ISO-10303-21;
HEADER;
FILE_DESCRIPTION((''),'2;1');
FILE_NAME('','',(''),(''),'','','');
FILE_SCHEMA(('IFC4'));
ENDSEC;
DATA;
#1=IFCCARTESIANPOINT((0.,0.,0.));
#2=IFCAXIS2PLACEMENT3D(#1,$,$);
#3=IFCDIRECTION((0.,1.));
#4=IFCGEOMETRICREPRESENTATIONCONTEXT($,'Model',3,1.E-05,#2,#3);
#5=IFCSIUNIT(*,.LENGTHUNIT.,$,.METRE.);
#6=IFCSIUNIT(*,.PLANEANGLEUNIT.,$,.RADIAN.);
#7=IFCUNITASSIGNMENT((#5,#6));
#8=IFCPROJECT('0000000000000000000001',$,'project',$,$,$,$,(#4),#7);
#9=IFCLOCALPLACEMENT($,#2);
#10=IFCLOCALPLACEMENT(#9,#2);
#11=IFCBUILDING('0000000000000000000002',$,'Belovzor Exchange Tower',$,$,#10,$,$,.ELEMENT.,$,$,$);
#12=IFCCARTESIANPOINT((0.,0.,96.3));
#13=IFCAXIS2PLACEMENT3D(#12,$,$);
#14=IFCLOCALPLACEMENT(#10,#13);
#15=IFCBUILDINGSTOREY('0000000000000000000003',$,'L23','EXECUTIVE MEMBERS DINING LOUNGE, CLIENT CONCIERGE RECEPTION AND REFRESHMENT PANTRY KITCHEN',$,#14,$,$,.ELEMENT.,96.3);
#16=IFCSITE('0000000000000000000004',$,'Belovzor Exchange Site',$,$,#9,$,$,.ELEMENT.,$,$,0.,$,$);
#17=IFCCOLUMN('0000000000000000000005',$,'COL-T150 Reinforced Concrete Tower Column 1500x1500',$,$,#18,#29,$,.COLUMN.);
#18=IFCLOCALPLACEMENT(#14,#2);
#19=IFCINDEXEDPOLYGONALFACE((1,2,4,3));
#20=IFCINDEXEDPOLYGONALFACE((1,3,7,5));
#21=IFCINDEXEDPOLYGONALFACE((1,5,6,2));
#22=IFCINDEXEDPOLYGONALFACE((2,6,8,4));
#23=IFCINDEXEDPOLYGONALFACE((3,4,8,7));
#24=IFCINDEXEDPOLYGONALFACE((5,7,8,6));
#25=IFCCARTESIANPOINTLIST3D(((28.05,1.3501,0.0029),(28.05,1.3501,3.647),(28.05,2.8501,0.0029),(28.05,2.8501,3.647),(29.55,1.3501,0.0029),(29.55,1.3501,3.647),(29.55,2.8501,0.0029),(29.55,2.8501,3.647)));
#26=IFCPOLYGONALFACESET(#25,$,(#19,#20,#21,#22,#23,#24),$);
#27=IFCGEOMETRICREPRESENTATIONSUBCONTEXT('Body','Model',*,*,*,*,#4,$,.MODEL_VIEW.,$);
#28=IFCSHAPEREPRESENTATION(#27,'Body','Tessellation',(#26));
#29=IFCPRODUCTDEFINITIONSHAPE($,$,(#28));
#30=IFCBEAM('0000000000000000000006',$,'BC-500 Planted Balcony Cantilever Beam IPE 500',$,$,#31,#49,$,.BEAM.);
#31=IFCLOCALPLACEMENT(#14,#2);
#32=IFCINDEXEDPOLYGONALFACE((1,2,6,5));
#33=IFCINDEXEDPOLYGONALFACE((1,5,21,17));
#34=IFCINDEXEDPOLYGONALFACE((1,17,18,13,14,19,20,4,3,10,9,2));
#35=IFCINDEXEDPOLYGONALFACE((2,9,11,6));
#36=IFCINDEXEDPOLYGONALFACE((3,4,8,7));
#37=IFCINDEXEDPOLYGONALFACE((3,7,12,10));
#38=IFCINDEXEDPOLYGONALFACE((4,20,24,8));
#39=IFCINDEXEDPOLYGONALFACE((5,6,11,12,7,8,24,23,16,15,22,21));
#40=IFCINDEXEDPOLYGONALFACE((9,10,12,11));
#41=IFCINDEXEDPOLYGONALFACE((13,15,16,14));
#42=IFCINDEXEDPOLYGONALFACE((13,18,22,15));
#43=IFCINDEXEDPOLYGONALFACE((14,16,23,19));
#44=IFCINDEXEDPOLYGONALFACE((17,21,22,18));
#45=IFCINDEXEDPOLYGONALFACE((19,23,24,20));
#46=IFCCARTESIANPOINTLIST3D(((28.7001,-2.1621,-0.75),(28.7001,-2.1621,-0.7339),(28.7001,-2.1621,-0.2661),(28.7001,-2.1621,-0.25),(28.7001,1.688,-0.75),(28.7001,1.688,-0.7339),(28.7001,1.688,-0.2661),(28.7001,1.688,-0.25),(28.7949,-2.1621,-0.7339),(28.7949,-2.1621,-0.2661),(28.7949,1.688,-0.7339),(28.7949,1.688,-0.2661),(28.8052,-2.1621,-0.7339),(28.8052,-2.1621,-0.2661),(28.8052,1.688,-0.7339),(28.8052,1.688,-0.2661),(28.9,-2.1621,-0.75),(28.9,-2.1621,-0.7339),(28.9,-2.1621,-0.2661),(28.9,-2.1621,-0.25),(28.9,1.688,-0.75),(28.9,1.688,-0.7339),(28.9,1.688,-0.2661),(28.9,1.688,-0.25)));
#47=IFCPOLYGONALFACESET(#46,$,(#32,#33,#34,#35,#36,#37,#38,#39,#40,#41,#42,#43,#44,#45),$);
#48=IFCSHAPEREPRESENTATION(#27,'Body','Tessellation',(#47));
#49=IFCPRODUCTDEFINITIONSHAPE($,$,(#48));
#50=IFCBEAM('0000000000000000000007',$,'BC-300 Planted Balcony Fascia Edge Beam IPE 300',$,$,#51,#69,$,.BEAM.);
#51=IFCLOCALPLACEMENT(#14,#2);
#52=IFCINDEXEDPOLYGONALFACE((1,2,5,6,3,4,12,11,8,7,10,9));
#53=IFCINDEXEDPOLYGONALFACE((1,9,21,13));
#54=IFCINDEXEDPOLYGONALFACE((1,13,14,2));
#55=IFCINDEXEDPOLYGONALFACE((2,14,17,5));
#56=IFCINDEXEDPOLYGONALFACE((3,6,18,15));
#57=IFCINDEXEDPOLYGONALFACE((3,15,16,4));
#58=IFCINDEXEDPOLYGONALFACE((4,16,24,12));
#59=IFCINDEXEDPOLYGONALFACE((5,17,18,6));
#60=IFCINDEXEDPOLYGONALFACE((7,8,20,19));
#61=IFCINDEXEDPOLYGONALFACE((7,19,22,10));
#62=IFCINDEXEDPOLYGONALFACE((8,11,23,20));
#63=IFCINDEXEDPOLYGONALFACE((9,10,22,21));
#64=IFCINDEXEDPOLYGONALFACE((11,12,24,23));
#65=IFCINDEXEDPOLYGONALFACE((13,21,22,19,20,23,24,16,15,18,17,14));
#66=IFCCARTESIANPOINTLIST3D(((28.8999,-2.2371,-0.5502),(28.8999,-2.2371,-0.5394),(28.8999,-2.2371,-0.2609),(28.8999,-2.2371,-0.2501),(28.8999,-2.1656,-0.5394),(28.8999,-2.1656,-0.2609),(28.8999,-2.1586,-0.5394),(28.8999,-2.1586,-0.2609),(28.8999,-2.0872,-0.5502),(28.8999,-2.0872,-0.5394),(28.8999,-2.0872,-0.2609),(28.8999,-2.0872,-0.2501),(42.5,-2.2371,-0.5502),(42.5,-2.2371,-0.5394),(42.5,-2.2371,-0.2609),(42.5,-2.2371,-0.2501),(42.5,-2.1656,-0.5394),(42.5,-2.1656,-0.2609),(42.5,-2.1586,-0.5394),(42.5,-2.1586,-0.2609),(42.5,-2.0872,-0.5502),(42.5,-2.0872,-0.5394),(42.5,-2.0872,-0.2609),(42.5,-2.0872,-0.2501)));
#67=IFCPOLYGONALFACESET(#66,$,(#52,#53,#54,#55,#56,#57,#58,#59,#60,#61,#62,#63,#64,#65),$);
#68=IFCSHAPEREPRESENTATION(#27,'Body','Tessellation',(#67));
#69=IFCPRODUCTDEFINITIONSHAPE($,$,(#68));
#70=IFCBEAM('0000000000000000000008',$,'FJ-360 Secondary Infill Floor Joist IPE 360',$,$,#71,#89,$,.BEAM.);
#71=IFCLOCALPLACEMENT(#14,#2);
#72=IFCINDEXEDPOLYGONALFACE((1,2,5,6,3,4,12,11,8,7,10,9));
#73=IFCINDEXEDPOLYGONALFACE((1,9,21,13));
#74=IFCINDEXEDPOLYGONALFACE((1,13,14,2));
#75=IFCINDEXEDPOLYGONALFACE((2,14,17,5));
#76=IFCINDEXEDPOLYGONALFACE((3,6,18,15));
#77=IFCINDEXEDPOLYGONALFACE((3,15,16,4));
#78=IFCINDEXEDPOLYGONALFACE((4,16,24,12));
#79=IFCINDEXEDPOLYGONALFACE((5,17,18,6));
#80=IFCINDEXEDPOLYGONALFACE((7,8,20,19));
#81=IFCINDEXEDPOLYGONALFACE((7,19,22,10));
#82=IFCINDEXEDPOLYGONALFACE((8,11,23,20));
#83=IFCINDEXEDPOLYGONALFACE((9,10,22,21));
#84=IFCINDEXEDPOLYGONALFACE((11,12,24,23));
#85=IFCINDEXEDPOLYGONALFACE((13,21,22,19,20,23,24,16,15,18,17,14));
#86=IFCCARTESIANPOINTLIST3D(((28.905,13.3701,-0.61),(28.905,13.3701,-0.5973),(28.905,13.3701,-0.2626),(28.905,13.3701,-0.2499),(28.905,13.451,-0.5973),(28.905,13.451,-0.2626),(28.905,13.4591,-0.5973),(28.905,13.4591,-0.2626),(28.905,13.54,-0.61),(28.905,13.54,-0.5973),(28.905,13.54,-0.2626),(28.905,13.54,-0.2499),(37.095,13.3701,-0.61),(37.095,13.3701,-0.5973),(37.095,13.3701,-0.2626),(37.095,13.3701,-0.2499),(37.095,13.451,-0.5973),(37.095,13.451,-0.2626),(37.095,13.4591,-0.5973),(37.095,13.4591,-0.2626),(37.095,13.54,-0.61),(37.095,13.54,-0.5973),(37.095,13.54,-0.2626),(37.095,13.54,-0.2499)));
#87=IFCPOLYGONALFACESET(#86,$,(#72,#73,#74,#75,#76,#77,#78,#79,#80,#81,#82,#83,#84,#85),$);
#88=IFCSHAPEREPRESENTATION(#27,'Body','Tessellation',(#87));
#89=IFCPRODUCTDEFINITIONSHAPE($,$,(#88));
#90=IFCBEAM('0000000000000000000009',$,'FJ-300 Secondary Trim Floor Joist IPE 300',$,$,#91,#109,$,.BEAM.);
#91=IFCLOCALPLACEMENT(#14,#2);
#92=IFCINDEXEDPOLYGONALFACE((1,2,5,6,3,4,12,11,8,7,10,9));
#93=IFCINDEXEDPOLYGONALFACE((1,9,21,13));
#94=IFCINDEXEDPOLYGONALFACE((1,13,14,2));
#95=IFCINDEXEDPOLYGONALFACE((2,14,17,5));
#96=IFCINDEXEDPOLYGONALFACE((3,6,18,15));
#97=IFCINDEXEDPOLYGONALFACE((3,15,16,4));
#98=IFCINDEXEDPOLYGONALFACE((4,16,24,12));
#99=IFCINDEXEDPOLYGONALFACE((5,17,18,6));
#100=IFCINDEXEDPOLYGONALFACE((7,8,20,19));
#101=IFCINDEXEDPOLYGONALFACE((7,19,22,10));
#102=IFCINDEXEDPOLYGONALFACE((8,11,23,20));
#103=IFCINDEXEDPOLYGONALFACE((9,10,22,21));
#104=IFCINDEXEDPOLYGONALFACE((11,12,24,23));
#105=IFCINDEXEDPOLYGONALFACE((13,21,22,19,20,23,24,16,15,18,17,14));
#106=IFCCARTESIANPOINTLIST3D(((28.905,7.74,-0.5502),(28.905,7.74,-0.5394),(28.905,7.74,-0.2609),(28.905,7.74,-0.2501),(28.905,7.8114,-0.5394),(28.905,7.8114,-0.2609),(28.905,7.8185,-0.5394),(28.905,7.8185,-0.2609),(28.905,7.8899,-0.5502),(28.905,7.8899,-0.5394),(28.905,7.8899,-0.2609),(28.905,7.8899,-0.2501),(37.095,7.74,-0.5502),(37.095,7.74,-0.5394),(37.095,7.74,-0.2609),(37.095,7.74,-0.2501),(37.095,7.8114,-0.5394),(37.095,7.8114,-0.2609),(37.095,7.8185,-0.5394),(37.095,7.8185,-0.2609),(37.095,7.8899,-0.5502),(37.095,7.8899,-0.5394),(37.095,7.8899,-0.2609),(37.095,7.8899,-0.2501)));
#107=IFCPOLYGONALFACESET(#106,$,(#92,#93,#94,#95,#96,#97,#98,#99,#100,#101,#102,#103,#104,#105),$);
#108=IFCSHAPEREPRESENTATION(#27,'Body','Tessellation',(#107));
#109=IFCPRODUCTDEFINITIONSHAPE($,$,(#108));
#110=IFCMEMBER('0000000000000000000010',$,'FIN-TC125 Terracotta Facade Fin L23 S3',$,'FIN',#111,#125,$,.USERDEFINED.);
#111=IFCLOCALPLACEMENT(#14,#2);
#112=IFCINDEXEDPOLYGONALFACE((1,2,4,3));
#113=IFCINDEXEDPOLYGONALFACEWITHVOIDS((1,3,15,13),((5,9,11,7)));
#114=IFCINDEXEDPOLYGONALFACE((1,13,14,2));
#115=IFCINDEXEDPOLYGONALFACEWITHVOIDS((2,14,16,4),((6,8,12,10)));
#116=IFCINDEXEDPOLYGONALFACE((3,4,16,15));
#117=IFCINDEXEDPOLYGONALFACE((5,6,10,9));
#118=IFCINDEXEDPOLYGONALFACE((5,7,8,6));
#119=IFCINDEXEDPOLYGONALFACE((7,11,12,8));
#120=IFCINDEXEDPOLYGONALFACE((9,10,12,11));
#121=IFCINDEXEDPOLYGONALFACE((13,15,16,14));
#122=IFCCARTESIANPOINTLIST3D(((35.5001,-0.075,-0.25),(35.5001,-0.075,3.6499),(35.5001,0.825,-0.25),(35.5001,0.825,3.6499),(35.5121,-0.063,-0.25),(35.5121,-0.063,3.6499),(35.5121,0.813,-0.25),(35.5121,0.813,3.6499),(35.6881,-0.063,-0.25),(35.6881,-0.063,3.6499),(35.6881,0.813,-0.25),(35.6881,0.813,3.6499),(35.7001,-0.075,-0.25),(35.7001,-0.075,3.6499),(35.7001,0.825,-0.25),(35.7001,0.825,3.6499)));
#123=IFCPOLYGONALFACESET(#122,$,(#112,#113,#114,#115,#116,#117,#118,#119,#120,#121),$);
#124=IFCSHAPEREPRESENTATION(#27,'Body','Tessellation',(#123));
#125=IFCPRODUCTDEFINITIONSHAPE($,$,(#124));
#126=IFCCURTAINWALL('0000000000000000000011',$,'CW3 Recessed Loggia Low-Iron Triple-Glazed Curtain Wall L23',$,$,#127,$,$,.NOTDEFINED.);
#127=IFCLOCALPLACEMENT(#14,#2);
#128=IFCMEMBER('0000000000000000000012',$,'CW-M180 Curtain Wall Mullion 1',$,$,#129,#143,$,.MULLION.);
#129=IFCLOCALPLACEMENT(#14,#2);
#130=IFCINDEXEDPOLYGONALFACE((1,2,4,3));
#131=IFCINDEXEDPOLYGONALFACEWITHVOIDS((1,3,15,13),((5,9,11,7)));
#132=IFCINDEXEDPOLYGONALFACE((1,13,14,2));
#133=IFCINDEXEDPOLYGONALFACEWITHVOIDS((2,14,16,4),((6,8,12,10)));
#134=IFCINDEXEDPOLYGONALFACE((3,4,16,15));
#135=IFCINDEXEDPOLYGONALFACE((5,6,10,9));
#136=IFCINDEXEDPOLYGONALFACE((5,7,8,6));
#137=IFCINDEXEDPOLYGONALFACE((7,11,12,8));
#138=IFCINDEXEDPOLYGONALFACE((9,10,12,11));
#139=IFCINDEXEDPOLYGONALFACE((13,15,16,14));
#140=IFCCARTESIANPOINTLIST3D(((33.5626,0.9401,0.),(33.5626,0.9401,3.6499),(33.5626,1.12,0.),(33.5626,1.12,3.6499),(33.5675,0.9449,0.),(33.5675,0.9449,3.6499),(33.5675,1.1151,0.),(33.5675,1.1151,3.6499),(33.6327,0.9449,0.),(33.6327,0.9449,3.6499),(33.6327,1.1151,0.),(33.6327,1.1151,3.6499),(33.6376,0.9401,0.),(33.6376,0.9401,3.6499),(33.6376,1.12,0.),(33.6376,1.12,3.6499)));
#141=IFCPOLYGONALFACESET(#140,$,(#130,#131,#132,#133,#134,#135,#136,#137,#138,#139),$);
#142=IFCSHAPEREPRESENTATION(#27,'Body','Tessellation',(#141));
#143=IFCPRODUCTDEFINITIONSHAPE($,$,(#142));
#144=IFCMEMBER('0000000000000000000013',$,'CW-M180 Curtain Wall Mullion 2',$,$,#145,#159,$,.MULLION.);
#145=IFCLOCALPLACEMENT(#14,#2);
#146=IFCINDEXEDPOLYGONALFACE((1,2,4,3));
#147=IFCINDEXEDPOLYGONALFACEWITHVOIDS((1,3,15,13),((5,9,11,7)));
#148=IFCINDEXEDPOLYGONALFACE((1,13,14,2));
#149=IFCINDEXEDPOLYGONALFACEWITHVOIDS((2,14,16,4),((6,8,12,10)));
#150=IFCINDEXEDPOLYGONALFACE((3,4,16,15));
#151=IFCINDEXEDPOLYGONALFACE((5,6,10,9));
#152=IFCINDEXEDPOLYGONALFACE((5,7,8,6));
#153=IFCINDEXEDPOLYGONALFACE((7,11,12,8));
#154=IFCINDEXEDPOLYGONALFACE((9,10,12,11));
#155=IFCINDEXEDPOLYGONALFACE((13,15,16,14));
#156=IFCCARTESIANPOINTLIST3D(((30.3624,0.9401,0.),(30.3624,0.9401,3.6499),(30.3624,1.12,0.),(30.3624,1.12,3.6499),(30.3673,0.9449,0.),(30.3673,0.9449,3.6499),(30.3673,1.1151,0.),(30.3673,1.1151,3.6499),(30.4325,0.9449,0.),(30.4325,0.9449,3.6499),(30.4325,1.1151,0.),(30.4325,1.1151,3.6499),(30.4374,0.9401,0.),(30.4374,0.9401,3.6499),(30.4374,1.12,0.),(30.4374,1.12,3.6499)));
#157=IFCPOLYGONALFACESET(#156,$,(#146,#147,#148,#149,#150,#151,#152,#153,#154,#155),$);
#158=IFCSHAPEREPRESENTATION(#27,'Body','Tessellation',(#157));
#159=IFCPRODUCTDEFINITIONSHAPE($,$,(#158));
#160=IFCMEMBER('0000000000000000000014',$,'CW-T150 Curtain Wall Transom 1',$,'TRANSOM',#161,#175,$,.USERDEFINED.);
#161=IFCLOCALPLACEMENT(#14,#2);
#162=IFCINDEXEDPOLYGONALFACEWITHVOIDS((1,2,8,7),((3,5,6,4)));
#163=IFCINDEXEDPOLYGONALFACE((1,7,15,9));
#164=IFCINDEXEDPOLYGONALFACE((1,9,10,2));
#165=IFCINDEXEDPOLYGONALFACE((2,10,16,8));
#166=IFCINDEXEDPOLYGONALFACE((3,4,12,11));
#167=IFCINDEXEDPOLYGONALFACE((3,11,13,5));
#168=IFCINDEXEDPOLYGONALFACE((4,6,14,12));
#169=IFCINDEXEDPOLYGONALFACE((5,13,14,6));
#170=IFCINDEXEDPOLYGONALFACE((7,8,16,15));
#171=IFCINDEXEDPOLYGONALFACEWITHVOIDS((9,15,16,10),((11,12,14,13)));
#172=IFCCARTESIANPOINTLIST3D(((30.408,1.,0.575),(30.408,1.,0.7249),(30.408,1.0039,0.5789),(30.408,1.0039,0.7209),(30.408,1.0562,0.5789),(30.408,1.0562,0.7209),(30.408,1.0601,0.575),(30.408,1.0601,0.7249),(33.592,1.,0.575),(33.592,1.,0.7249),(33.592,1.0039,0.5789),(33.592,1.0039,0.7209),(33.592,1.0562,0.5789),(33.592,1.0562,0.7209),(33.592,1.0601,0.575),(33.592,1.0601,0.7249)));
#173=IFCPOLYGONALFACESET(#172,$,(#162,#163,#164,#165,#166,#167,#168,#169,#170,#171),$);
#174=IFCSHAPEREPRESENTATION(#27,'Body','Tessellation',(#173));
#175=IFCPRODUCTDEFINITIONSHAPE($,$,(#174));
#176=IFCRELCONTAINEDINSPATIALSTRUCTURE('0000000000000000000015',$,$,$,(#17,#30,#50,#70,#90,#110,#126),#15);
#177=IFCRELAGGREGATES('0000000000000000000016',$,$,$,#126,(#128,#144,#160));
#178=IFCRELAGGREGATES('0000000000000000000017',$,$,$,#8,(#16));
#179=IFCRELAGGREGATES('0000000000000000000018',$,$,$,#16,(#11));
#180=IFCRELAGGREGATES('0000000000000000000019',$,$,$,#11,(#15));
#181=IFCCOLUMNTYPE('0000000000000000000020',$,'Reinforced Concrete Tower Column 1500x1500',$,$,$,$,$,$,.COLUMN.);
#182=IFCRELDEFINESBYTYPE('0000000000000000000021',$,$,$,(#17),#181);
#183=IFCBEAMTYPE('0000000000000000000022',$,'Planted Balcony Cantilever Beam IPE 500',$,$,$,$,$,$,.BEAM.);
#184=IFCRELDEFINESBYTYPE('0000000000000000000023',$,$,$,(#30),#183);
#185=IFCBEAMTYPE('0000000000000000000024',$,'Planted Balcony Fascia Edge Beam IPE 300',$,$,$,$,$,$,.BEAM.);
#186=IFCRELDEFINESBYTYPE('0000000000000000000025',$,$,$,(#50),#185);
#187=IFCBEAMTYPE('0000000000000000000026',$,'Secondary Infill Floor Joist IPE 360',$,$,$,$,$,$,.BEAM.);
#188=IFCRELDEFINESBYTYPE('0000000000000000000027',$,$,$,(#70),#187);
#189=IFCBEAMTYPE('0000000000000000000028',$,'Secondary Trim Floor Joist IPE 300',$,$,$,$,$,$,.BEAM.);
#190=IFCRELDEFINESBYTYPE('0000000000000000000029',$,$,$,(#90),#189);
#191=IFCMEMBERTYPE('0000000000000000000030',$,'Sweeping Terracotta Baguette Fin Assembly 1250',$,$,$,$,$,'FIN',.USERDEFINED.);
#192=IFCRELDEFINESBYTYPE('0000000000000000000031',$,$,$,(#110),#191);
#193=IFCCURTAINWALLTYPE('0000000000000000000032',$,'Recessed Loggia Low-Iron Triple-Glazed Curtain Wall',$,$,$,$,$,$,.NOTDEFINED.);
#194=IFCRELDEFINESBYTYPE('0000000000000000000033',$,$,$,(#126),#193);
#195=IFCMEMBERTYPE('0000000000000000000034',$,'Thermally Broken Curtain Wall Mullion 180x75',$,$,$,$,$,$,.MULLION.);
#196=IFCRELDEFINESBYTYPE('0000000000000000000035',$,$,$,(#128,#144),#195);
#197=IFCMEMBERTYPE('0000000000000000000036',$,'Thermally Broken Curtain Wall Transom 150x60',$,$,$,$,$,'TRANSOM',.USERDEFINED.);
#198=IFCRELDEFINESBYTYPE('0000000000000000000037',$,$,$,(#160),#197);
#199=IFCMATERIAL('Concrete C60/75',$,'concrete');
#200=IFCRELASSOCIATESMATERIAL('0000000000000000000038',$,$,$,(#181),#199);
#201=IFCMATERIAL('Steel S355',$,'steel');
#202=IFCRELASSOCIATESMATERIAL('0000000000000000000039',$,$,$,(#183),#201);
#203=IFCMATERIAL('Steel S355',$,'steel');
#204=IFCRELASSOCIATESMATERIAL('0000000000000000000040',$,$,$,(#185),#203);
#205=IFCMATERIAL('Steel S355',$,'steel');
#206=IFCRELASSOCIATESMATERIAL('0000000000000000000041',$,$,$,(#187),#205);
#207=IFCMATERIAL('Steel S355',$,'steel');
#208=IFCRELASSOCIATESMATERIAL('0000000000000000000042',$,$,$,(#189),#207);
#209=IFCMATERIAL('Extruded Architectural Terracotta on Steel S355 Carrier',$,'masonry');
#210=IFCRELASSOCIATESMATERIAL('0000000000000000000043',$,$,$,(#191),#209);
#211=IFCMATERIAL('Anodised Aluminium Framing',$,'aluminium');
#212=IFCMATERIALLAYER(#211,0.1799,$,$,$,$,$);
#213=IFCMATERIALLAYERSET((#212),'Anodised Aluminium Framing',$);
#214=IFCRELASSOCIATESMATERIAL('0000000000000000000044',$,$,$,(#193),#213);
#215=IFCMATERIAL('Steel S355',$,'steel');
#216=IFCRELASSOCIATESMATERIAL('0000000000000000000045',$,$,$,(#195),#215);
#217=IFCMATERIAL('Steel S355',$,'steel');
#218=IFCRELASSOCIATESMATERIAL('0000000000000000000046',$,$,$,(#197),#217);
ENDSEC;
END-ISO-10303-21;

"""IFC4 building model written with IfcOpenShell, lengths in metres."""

from ifc_helpers import new_model, si_unit, direction, frame, origin, origin_2d, place, context, subcontext, project, spatial, rectangle, hollow_rectangle, i_section, extrude, material, layer, layer_set, material_profile, profile_set, type_object, element, aggregate, save


model = new_model("IFC4")

# Units and contexts
model_context = context("Model", 3, precision=1e-05, world=origin(), true_north=direction((0.0, 1.0)))
body_context = subcontext(model_context, "Body", "Model", "MODEL_VIEW")
ifc_project = project(units=[si_unit("LENGTHUNIT", "METRE"), si_unit("PLANEANGLEUNIT", "RADIAN")], contexts=[model_context])

# Site, building, storey
site_placement = place(None, origin())
site = spatial("IfcSite", under=ifc_project, at=site_placement, Name="Belovzor Exchange Site", CompositionType="ELEMENT", RefElevation=0.0)
building_placement = place(site_placement, origin())
building = spatial("IfcBuilding", under=site, at=building_placement, Name="Belovzor Exchange Tower", CompositionType="ELEMENT")
storey_placement = place(building_placement, frame((0.0, 0.0, 96.3)))
storey = spatial("IfcBuildingStorey", under=building, at=storey_placement, Name="L23", Description="EXECUTIVE MEMBERS DINING LOUNGE, CLIENT CONCIERGE RECEPTION AND REFRESHMENT PANTRY KITCHEN", CompositionType="ELEMENT", Elevation=96.3)

# Column
ifc_material_1 = material(Name="Concrete C60/75", Category="concrete")
ifc_material_profile_1 = material_profile(ifc_material_1, rectangle(XDim=1.5, YDim=1.5, at=origin_2d()))
ifc_profile_set_1 = profile_set([ifc_material_profile_1], Name="Concrete C60/75")
column_type = type_object("IfcColumnType", Name="Reinforced Concrete Tower Column 1500x1500", PredefinedType="COLUMN", material=ifc_profile_set_1)
column_placement = place(storey_placement, frame((28.8, 2.1001, 0.0029), z_axis=(0.0, 0.0, 1.0), x_axis=(1.0, 0.0, 0.0)))
element("IfcColumn", 1, at=column_placement, inside=storey, type_object=column_type, Name="COL-T150 Reinforced Concrete Tower Column 1500x1500", PredefinedType="COLUMN", context=body_context, shape_type="SweptSolid", body=[
    extrude(rectangle(XDim=1.5, YDim=1.5, at=origin_2d()), origin(), (0.0, 0.0, 1.0), 3.644),
])

# Beams
ifc_material_2 = material(Name="Steel S355", Category="steel")
ifc_material_profile_2 = material_profile(ifc_material_2, i_section(OverallWidth=0.2, OverallDepth=0.5, WebThickness=0.0103, FlangeThickness=0.0161, at=origin_2d()))
ifc_profile_set_2 = profile_set([ifc_material_profile_2], Name="Steel S355")
beam_type_1 = type_object("IfcBeamType", Name="Planted Balcony Cantilever Beam IPE 500", PredefinedType="BEAM", material=ifc_profile_set_2)
beam_1_placement = place(storey_placement, frame((28.8, 1.688, -0.5), z_axis=(0.0, -1.0, 0.0), x_axis=(1.0, 0.0, 0.0)))
element("IfcBeam", 2, at=beam_1_placement, inside=storey, type_object=beam_type_1, Name="BC-500 Planted Balcony Cantilever Beam IPE 500", PredefinedType="BEAM", context=body_context, shape_type="SweptSolid", body=[
    extrude(i_section(OverallWidth=0.2, OverallDepth=0.5, WebThickness=0.0103, FlangeThickness=0.0161, at=origin_2d()), origin(), (0.0, 0.0, 1.0), 3.8501),
])
ifc_material_3 = material(Name="Steel S355", Category="steel")
ifc_material_profile_3 = material_profile(ifc_material_3, i_section(OverallWidth=0.1499, OverallDepth=0.3, WebThickness=0.0071, FlangeThickness=0.0107, at=origin_2d()))
ifc_profile_set_3 = profile_set([ifc_material_profile_3], Name="Steel S355")
beam_type_2 = type_object("IfcBeamType", Name="Planted Balcony Fascia Edge Beam IPE 300", PredefinedType="BEAM", material=ifc_profile_set_3)
beam_2_placement = place(storey_placement, frame((28.8999, -2.1621, -0.4001), z_axis=(1.0, 0.0, 0.0), x_axis=(0.0, 1.0, 0.0)))
element("IfcBeam", 3, at=beam_2_placement, inside=storey, type_object=beam_type_2, Name="BC-300 Planted Balcony Fascia Edge Beam IPE 300", PredefinedType="BEAM", context=body_context, shape_type="SweptSolid", body=[
    extrude(i_section(OverallWidth=0.1499, OverallDepth=0.3, WebThickness=0.0071, FlangeThickness=0.0107, at=origin_2d()), origin(), (0.0, 0.0, 1.0), 13.6001),
])
ifc_material_4 = material(Name="Steel S355", Category="steel")
ifc_material_profile_4 = material_profile(ifc_material_4, i_section(OverallWidth=0.1699, OverallDepth=0.3601, WebThickness=0.0081, FlangeThickness=0.0127, at=origin_2d()))
ifc_profile_set_4 = profile_set([ifc_material_profile_4], Name="Steel S355")
beam_type_3 = type_object("IfcBeamType", Name="Secondary Infill Floor Joist IPE 360", PredefinedType="BEAM", material=ifc_profile_set_4)
beam_3_placement = place(storey_placement, frame((28.905, 13.4551, -0.4299), z_axis=(1.0, 0.0, 0.0), x_axis=(0.0, 1.0, 0.0)))
element("IfcBeam", 4, at=beam_3_placement, inside=storey, type_object=beam_type_3, Name="FJ-360 Secondary Infill Floor Joist IPE 360", PredefinedType="BEAM", context=body_context, shape_type="SweptSolid", body=[
    extrude(i_section(OverallWidth=0.1699, OverallDepth=0.3601, WebThickness=0.0081, FlangeThickness=0.0127, at=origin_2d()), origin(), (0.0, 0.0, 1.0), 8.1899),
])
ifc_material_5 = material(Name="Steel S355", Category="steel")
ifc_material_profile_5 = material_profile(ifc_material_5, i_section(OverallWidth=0.1499, OverallDepth=0.3, WebThickness=0.0071, FlangeThickness=0.0107, at=origin_2d()))
ifc_profile_set_5 = profile_set([ifc_material_profile_5], Name="Steel S355")
beam_type_4 = type_object("IfcBeamType", Name="Secondary Trim Floor Joist IPE 300", PredefinedType="BEAM", material=ifc_profile_set_5)
beam_4_placement = place(storey_placement, frame((28.905, 7.8149, -0.4001), z_axis=(1.0, 0.0, 0.0), x_axis=(0.0, 1.0, 0.0)))
element("IfcBeam", 5, at=beam_4_placement, inside=storey, type_object=beam_type_4, Name="FJ-300 Secondary Trim Floor Joist IPE 300", PredefinedType="BEAM", context=body_context, shape_type="SweptSolid", body=[
    extrude(i_section(OverallWidth=0.1499, OverallDepth=0.3, WebThickness=0.0071, FlangeThickness=0.0107, at=origin_2d()), origin(), (0.0, 0.0, 1.0), 8.1899),
])

# Member
ifc_material_6 = material(Name="Extruded Architectural Terracotta on Steel S355 Carrier", Category="masonry")
ifc_material_profile_6 = material_profile(ifc_material_6, hollow_rectangle(XDim=0.2, YDim=0.8999, WallThickness=0.012, at=origin_2d()))
ifc_profile_set_6 = profile_set([ifc_material_profile_6], Name="Extruded Architectural Terracotta on Steel S355 Carrier")
member_type_1 = type_object("IfcMemberType", Name="Sweeping Terracotta Baguette Fin Assembly 1250", ElementType="FIN", PredefinedType="USERDEFINED", material=ifc_profile_set_6)
member_1_placement = place(storey_placement, frame((35.6001, 0.375, -0.25), z_axis=(0.0, 0.0, 1.0), x_axis=(1.0, 0.0, 0.0)))
element("IfcMember", 6, at=member_1_placement, inside=storey, type_object=member_type_1, Name="FIN-TC125 Terracotta Facade Fin L23 S3", ObjectType="FIN", PredefinedType="USERDEFINED", context=body_context, shape_type="SweptSolid", body=[
    extrude(hollow_rectangle(XDim=0.2, YDim=0.8999, WallThickness=0.012, at=origin_2d()), origin(), (0.0, 0.0, 1.0), 3.8999),
])

# Curtain wall, members
ifc_material_7 = material(Name="Anodised Aluminium Framing", Category="aluminium")
ifc_layer_1 = layer(ifc_material_7, 0.1799)
ifc_layer_set_1 = layer_set([ifc_layer_1], Name="Anodised Aluminium Framing")
curtain_wall_type = type_object("IfcCurtainWallType", Name="Recessed Loggia Low-Iron Triple-Glazed Curtain Wall", PredefinedType="NOTDEFINED", material=ifc_layer_set_1)
curtain_wall_placement = place(storey_placement, origin())
curtain_wall = element("IfcCurtainWall", 7, at=curtain_wall_placement, inside=storey, type_object=curtain_wall_type, Name="CW3 Recessed Loggia Low-Iron Triple-Glazed Curtain Wall L23", PredefinedType="NOTDEFINED")
ifc_material_8 = material(Name="Steel S355", Category="steel")
ifc_material_profile_7 = material_profile(ifc_material_8, hollow_rectangle(XDim=0.075, YDim=0.1799, WallThickness=0.0049, at=origin_2d()))
ifc_profile_set_7 = profile_set([ifc_material_profile_7], Name="Steel S355")
member_type_2 = type_object("IfcMemberType", Name="Thermally Broken Curtain Wall Mullion 180x75", PredefinedType="MULLION", material=ifc_profile_set_7)
member_2_placement = place(storey_placement, frame((33.6001, 1.03, 0.0), z_axis=(0.0, 0.0, 1.0), x_axis=(-1.0, 0.0, 0.0)))
member_2 = element("IfcMember", 8, at=member_2_placement, type_object=member_type_2, Name="CW-M180 Curtain Wall Mullion 1", PredefinedType="MULLION", context=body_context, shape_type="SweptSolid", body=[
    extrude(hollow_rectangle(XDim=0.075, YDim=0.1799, WallThickness=0.0049, at=origin_2d()), origin(), (0.0, 0.0, 1.0), 3.6499),
])
member_3_placement = place(storey_placement, frame((30.3999, 1.03, 0.0), z_axis=(0.0, 0.0, 1.0), x_axis=(-1.0, 0.0, 0.0)))
member_3 = element("IfcMember", 9, at=member_3_placement, type_object=member_type_2, Name="CW-M180 Curtain Wall Mullion 2", PredefinedType="MULLION", context=body_context, shape_type="SweptSolid", body=[
    extrude(hollow_rectangle(XDim=0.075, YDim=0.1799, WallThickness=0.0049, at=origin_2d()), origin(), (0.0, 0.0, 1.0), 3.6499),
])
ifc_material_9 = material(Name="Steel S355", Category="steel")
ifc_material_profile_8 = material_profile(ifc_material_9, hollow_rectangle(XDim=0.0601, YDim=0.1499, WallThickness=0.0039, at=origin_2d()))
ifc_profile_set_8 = profile_set([ifc_material_profile_8], Name="Steel S355")
member_type_3 = type_object("IfcMemberType", Name="Thermally Broken Curtain Wall Transom 150x60", ElementType="TRANSOM", PredefinedType="USERDEFINED", material=ifc_profile_set_8)
member_4_placement = place(storey_placement, frame((33.592, 1.03, 0.6499), z_axis=(-1.0, 0.0, 0.0), x_axis=(0.0, -1.0, 0.0)))
member_4 = element("IfcMember", 10, at=member_4_placement, type_object=member_type_3, Name="CW-T150 Curtain Wall Transom 1", ObjectType="TRANSOM", PredefinedType="USERDEFINED", context=body_context, shape_type="SweptSolid", body=[
    extrude(hollow_rectangle(XDim=0.0601, YDim=0.1499, WallThickness=0.0039, at=origin_2d()), origin(), (0.0, 0.0, 1.0), 3.1841),
])

aggregate(curtain_wall, [member_2, member_3, member_4])

save(model, "model.ifc")
